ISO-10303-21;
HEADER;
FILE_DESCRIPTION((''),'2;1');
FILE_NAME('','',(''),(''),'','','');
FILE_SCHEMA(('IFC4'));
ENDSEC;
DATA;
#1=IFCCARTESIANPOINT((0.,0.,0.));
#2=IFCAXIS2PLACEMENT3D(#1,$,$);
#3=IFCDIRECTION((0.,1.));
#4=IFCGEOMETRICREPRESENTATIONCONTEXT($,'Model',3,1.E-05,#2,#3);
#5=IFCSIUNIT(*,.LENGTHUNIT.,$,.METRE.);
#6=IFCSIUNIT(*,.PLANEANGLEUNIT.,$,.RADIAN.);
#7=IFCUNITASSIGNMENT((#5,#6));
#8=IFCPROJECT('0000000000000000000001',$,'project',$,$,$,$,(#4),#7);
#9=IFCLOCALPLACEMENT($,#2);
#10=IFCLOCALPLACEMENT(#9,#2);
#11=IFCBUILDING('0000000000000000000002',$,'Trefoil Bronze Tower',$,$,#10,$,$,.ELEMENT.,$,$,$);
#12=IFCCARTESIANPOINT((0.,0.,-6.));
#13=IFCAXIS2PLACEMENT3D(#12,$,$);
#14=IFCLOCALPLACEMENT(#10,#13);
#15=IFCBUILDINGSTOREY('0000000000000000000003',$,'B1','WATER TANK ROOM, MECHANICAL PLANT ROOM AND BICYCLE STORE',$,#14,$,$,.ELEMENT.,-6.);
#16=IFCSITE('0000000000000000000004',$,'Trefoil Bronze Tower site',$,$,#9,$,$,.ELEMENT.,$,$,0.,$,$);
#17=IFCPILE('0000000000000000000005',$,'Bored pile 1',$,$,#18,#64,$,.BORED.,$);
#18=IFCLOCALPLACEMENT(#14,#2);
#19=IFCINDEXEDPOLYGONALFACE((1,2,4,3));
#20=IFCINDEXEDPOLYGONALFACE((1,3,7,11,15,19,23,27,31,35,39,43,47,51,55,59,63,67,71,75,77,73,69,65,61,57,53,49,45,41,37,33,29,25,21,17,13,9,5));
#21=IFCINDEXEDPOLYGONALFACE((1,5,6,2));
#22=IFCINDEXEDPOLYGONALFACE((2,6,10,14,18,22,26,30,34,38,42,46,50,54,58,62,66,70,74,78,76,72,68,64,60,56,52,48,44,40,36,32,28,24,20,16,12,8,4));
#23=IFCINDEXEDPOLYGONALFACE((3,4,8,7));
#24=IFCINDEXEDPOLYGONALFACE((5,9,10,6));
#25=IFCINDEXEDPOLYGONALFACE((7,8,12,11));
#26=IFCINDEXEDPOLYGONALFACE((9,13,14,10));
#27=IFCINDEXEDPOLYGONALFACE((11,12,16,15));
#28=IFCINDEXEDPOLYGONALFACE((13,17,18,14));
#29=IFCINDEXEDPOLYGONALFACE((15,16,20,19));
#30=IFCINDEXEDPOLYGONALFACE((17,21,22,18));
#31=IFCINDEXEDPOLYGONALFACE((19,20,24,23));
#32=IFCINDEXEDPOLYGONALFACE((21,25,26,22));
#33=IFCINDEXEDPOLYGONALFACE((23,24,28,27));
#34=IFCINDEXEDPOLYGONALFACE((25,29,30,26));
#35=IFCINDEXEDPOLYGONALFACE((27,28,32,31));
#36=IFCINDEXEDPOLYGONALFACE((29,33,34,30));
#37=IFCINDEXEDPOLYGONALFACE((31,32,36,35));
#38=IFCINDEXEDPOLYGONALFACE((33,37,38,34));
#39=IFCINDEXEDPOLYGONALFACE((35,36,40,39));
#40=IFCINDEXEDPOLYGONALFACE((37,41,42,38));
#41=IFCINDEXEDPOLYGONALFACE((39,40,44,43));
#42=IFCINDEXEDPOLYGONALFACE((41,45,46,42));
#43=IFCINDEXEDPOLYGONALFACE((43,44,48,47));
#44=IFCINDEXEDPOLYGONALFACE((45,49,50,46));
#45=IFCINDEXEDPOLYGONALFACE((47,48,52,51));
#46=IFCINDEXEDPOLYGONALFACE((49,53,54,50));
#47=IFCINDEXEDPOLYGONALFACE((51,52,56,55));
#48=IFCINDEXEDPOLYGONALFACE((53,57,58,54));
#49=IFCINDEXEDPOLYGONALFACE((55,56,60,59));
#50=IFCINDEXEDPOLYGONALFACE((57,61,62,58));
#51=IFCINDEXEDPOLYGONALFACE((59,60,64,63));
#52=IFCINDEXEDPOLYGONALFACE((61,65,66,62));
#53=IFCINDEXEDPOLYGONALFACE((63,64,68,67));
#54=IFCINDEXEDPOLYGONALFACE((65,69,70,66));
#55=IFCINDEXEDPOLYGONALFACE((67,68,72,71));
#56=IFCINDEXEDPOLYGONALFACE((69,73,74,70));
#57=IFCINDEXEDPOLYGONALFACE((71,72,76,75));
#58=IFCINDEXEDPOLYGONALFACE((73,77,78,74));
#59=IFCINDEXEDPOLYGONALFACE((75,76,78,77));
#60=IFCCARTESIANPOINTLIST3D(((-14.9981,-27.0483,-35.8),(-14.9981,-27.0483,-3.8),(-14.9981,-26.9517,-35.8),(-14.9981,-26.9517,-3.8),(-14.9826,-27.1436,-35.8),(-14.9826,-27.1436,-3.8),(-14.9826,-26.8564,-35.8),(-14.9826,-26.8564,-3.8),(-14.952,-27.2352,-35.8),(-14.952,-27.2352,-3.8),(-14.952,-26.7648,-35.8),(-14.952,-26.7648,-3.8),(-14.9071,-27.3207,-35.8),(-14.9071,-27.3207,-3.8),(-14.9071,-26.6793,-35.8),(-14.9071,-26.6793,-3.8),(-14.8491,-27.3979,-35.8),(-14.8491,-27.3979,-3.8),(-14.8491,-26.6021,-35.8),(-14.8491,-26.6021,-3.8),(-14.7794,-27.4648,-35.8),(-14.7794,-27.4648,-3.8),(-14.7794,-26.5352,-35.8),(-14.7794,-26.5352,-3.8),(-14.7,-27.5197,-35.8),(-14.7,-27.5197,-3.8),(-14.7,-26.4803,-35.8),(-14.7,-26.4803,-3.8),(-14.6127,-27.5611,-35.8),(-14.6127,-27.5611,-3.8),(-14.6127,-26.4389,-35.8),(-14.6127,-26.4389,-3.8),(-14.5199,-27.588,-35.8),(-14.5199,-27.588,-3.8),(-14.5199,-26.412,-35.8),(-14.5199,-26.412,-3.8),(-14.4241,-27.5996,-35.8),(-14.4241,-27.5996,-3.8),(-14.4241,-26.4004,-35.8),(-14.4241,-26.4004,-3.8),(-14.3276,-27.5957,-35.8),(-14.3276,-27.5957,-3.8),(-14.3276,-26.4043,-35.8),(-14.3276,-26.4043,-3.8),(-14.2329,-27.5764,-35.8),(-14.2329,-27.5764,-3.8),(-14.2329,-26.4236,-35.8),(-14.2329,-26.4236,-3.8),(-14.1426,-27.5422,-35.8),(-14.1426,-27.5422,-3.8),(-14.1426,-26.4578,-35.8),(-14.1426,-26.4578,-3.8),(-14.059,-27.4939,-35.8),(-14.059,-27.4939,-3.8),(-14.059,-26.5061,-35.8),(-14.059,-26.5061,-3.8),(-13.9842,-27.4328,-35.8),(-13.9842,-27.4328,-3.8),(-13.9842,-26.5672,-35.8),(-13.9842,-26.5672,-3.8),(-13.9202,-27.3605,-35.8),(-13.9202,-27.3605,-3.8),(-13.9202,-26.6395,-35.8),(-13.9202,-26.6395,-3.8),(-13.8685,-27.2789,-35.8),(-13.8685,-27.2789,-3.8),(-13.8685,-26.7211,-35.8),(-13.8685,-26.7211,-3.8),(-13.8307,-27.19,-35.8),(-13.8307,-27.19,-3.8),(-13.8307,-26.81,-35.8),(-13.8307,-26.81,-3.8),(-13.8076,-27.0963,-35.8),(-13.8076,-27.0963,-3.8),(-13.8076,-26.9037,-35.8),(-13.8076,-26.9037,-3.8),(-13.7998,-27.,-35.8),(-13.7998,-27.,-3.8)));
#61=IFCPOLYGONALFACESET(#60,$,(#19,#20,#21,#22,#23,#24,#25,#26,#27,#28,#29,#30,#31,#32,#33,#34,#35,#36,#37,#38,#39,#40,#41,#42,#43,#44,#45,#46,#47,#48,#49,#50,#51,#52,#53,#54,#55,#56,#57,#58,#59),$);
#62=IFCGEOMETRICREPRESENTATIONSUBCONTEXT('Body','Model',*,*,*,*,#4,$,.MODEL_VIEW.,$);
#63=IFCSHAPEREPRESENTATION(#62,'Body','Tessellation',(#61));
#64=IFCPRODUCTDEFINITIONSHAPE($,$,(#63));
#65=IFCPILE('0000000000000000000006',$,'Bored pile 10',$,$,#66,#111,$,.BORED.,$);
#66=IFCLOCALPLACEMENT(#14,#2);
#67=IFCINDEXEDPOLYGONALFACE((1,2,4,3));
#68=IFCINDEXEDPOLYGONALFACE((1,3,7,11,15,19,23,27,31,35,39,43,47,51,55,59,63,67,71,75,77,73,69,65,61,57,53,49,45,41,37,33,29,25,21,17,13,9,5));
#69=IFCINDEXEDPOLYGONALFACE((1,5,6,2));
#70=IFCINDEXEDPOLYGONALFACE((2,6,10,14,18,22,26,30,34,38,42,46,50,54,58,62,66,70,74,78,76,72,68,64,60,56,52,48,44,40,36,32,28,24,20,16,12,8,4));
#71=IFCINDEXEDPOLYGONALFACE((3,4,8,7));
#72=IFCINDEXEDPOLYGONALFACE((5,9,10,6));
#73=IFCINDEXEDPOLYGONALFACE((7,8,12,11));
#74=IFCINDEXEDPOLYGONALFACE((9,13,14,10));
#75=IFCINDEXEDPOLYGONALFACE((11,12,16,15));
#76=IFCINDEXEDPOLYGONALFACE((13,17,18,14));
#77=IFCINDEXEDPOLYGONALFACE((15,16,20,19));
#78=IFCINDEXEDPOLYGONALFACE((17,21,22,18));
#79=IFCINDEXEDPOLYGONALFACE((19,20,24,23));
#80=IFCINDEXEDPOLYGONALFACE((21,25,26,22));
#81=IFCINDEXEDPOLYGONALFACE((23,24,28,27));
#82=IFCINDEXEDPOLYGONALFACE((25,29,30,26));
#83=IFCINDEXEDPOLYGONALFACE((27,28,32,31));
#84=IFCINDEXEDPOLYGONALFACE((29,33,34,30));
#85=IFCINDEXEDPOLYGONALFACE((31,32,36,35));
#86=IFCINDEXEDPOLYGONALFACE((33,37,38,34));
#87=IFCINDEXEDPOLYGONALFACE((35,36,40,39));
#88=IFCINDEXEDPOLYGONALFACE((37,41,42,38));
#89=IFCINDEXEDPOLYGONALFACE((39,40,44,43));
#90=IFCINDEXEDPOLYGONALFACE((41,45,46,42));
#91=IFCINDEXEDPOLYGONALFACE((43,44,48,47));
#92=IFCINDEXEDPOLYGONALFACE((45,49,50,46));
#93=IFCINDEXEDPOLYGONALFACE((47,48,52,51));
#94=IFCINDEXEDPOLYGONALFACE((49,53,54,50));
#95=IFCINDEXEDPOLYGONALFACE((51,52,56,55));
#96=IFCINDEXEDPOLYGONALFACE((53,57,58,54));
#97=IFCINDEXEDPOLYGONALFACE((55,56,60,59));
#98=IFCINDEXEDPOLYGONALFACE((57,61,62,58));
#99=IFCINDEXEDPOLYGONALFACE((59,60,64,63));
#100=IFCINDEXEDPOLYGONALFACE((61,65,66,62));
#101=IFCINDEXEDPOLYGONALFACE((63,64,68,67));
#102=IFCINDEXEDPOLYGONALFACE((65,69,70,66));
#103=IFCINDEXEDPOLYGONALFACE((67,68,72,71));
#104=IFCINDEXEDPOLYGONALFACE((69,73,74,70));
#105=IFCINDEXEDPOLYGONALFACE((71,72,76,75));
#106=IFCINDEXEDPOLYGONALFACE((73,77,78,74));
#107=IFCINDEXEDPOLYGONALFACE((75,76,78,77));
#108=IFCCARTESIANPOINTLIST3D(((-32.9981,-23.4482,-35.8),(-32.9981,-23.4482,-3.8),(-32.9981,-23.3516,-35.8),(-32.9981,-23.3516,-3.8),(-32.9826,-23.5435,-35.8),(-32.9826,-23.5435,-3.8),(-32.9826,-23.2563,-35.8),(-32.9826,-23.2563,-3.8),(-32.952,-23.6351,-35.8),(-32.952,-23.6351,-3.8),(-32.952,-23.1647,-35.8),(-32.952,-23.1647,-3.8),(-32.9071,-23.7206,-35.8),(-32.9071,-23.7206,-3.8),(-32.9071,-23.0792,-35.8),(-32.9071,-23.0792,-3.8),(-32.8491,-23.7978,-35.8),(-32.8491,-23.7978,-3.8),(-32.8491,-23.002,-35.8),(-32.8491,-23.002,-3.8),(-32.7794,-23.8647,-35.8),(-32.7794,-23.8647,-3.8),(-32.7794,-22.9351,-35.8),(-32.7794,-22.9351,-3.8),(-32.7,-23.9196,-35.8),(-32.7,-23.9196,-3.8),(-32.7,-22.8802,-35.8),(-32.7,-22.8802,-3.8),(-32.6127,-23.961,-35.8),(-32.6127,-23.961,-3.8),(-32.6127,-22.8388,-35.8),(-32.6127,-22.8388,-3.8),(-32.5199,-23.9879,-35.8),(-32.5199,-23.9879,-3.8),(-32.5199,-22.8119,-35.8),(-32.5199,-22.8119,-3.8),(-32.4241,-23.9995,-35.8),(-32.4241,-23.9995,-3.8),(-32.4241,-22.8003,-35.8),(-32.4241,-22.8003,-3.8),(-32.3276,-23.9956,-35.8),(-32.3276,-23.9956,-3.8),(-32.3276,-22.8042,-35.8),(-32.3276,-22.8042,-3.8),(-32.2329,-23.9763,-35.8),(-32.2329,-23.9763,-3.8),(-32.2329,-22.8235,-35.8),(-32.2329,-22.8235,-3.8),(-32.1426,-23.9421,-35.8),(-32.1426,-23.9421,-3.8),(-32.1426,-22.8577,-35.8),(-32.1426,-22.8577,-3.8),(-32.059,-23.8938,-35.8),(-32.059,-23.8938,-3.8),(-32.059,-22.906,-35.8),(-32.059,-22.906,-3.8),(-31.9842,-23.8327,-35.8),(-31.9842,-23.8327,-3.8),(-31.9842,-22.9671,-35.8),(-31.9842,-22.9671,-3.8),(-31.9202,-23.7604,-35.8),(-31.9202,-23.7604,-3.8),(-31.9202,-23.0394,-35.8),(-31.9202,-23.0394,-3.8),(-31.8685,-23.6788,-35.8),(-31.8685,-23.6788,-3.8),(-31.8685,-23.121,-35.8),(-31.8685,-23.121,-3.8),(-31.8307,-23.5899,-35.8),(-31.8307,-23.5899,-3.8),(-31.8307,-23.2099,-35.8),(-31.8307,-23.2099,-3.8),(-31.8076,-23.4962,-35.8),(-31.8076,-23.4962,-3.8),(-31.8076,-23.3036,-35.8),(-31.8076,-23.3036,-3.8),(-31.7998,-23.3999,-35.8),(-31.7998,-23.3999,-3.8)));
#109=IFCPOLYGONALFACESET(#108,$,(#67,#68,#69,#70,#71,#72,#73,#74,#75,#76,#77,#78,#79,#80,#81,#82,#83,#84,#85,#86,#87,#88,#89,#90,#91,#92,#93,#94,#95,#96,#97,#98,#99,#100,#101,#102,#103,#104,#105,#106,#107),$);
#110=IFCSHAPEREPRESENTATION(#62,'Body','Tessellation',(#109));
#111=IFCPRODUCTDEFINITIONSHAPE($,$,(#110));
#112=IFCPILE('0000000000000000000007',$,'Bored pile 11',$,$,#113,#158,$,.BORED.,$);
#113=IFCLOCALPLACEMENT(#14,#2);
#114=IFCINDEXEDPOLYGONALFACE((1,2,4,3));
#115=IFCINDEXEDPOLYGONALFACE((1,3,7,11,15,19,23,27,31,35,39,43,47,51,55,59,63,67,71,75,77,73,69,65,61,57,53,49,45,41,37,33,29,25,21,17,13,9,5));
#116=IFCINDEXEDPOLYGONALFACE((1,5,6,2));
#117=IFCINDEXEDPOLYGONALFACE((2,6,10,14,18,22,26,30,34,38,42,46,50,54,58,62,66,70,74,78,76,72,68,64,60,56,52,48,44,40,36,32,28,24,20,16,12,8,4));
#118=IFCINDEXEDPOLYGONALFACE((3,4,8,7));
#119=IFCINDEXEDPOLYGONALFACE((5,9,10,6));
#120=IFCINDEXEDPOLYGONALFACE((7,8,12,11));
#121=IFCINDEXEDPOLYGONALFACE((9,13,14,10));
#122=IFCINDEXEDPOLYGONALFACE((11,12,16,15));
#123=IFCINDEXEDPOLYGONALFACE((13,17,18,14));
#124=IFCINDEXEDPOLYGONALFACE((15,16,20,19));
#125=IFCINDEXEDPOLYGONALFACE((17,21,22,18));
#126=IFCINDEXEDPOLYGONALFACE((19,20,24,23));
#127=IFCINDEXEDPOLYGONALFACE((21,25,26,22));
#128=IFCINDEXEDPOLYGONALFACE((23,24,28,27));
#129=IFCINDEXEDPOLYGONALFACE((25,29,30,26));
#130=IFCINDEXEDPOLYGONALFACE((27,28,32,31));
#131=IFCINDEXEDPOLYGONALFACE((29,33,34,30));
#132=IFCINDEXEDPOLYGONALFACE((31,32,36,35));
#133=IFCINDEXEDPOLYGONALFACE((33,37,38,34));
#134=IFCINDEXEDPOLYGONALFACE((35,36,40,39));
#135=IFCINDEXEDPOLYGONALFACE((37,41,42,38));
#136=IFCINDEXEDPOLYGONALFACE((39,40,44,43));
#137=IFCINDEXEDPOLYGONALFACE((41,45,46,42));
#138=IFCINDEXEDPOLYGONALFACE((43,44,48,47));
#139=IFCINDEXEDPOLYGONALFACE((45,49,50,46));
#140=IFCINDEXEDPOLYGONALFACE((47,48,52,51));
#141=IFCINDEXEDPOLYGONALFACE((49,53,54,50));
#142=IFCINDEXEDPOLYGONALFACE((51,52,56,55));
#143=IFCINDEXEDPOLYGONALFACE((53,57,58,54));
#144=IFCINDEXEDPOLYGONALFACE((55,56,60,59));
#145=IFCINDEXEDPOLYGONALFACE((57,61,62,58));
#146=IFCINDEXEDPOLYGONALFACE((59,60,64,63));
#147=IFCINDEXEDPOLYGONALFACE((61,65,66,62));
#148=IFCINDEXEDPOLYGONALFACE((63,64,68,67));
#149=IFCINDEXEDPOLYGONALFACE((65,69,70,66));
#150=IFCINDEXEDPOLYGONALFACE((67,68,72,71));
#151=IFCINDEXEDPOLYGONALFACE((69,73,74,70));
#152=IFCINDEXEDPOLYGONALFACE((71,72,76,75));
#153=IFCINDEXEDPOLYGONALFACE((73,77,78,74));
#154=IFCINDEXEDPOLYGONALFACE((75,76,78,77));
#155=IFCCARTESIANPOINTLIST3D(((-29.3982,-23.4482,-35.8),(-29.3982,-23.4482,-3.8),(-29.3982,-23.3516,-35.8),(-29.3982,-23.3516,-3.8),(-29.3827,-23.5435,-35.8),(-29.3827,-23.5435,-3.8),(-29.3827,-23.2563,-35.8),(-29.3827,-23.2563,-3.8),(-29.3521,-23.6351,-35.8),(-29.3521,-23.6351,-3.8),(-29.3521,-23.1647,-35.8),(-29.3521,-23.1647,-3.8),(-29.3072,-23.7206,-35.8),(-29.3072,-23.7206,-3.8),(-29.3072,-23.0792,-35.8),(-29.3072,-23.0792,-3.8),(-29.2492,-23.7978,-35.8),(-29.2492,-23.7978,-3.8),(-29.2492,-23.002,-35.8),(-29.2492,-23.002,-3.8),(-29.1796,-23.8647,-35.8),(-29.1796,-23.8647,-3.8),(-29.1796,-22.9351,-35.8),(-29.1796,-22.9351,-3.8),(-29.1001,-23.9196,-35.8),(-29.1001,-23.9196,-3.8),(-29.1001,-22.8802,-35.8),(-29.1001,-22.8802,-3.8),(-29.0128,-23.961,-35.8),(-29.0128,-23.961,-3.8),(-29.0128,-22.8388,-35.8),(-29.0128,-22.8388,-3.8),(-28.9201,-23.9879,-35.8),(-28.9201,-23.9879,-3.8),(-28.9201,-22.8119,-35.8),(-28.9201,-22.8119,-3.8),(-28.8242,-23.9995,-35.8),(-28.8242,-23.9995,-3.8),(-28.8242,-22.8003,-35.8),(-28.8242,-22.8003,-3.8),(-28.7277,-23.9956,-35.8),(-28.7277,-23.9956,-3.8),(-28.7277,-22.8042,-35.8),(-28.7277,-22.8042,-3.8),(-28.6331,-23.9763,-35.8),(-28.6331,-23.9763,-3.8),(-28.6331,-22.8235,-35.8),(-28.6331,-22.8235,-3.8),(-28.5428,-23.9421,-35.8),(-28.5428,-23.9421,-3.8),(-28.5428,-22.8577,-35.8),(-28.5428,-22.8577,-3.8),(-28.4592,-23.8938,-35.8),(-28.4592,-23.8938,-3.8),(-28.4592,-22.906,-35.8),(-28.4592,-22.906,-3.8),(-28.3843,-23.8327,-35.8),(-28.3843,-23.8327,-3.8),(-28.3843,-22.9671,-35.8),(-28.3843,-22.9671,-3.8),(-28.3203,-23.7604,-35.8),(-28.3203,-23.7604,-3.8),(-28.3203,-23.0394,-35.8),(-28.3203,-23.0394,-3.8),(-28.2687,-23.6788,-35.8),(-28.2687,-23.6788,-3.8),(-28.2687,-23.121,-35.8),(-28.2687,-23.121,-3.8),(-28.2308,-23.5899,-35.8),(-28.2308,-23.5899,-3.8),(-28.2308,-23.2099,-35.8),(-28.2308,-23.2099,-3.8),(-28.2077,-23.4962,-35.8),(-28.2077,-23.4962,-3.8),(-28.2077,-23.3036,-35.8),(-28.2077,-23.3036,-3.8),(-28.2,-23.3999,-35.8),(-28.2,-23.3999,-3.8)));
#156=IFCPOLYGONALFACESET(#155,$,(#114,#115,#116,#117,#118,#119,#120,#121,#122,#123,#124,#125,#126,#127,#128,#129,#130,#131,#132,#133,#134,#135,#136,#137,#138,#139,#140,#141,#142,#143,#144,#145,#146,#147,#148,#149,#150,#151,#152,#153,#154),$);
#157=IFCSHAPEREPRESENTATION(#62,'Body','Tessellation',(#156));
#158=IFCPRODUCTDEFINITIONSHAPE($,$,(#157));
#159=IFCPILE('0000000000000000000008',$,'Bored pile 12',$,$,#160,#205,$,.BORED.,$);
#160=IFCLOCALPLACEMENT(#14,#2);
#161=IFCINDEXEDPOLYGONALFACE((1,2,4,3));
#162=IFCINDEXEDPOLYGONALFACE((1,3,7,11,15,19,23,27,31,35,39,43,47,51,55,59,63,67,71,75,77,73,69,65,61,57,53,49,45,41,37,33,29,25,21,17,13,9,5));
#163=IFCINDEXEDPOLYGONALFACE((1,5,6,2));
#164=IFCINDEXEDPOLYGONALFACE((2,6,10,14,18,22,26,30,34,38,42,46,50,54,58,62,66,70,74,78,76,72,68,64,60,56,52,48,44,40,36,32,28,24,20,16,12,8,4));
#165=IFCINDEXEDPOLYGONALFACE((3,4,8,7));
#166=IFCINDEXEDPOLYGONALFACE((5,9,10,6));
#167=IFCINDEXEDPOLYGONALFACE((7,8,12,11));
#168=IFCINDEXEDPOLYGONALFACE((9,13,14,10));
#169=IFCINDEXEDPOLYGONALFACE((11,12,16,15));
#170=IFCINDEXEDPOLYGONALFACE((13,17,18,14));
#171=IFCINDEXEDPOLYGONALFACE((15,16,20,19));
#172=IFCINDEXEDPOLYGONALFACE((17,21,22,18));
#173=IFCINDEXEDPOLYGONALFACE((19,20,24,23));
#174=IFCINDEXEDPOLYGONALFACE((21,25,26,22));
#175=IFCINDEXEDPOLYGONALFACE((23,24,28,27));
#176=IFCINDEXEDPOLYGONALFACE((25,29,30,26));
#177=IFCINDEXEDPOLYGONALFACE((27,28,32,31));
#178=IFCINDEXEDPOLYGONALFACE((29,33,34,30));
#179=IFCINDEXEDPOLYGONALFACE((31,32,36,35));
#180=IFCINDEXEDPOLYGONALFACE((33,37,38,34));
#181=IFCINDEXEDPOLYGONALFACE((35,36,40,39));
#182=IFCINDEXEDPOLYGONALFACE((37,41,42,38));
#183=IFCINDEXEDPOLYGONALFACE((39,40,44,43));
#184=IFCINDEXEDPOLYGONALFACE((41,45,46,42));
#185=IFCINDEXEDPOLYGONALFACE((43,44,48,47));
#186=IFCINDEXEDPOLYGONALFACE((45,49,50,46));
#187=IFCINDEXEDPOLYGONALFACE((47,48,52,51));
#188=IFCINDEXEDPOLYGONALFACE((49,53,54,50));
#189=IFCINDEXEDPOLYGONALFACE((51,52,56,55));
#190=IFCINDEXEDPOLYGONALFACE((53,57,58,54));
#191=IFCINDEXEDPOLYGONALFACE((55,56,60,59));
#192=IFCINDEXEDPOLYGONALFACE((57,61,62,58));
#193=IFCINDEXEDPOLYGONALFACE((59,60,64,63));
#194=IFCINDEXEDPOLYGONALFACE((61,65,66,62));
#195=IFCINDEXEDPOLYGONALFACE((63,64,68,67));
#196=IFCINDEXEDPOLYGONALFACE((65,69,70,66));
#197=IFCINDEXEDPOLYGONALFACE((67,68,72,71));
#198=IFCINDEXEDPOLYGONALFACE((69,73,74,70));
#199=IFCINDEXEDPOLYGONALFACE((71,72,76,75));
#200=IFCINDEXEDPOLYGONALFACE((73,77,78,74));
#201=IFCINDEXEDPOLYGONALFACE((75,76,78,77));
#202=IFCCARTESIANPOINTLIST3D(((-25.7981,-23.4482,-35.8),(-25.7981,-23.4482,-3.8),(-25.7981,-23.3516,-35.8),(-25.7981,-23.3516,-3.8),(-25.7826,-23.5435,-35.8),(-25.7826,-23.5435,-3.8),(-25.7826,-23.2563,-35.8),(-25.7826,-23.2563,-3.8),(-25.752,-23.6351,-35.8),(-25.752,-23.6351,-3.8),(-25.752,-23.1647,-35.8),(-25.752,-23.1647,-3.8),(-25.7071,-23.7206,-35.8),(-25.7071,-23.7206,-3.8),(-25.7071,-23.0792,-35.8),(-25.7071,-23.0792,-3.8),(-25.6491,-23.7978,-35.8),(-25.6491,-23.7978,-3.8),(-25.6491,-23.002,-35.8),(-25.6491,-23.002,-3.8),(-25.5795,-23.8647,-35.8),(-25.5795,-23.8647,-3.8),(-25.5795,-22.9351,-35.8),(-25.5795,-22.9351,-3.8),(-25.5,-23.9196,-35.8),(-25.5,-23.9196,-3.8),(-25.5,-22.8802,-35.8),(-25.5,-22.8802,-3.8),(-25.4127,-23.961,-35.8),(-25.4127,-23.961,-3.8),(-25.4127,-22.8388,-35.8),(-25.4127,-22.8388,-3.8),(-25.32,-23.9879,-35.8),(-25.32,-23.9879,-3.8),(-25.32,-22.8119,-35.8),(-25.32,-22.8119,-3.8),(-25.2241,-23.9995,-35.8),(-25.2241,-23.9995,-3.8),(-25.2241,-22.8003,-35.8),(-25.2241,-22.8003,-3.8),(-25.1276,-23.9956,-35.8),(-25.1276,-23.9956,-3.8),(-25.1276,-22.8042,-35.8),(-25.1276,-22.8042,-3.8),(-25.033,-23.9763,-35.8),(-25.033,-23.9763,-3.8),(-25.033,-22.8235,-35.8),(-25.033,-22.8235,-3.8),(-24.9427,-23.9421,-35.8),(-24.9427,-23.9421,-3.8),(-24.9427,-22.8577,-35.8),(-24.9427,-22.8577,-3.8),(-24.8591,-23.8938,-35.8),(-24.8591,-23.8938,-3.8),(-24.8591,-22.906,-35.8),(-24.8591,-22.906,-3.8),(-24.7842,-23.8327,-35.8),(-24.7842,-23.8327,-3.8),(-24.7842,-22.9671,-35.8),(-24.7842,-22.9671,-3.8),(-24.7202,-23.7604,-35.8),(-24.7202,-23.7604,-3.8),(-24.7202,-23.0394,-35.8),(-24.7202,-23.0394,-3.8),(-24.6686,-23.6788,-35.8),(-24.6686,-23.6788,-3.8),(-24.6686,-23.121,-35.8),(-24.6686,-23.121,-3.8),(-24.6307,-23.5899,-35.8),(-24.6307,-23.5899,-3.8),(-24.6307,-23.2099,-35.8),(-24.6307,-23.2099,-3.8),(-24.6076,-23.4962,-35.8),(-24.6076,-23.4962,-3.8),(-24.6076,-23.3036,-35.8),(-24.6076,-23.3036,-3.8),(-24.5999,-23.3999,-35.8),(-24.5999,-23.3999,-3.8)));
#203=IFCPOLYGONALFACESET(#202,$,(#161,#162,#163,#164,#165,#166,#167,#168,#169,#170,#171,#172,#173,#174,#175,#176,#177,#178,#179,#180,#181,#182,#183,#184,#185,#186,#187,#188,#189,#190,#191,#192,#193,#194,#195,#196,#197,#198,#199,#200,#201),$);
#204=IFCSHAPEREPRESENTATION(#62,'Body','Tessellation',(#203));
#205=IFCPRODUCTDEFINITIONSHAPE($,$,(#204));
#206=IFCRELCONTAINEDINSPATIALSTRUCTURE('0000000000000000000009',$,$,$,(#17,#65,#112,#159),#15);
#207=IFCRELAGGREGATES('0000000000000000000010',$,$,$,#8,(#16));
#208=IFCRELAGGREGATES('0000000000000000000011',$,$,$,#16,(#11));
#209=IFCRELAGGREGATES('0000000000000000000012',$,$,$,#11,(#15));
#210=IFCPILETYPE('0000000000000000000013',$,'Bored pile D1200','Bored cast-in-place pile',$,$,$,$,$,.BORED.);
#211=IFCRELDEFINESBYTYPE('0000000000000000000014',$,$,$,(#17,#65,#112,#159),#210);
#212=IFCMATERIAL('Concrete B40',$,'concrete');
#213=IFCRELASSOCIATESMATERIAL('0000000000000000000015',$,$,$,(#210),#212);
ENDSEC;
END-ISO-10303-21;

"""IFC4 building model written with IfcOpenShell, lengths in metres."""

from ifc_helpers import new_model, si_unit, direction, frame, origin, origin_2d, place, context, subcontext, project, spatial, circle, extrude, material, type_object, element, save


model = new_model("IFC4")

# Units and contexts
model_context = context("Model", 3, precision=1e-05, world=origin(), true_north=direction((0.0, 1.0)))
body_context = subcontext(model_context, "Body", "Model", "MODEL_VIEW")
ifc_project = project(units=[si_unit("LENGTHUNIT", "METRE"), si_unit("PLANEANGLEUNIT", "RADIAN")], contexts=[model_context])

# Site, building, storey
site_placement = place(None, origin())
site = spatial("IfcSite", under=ifc_project, at=site_placement, Name="Trefoil Bronze Tower site", CompositionType="ELEMENT", RefElevation=0.0)
building_placement = place(site_placement, origin())
building = spatial("IfcBuilding", under=site, at=building_placement, Name="Trefoil Bronze Tower", CompositionType="ELEMENT")
storey_placement = place(building_placement, frame((0.0, 0.0, -6.0)))
storey = spatial("IfcBuildingStorey", under=building, at=storey_placement, Name="B1", Description="WATER TANK ROOM, MECHANICAL PLANT ROOM AND BICYCLE STORE", CompositionType="ELEMENT", Elevation=-6.0)

# Piles
ifc_material_1 = material(Name="Concrete B40", Category="concrete")
pile_type = type_object("IfcPileType", Name="Bored pile D1200", Description="Bored cast-in-place pile", PredefinedType="BORED", material=ifc_material_1)
for number, where, z_axis, x_axis, name in (
    (1, (-14.3999, -27.0, -3.8), (0.0, 0.0, -1.0), (1.0, 0.0, 0.0), "Bored pile 1"),
    (2, (-32.3999, -23.3999, -3.8), (0.0, 0.0, -1.0), (1.0, 0.0, 0.0), "Bored pile 10"),
    (3, (-28.8, -23.3999, -3.8), (0.0, 0.0, -1.0), (1.0, 0.0, 0.0), "Bored pile 11"),
    (4, (-25.2, -23.3999, -3.8), (0.0, 0.0, -1.0), (1.0, 0.0, 0.0), "Bored pile 12"),
):
    element("IfcPile", number, at=place(storey_placement, frame(where, z_axis=z_axis, x_axis=x_axis)), inside=storey, type_object=pile_type, Name=name, PredefinedType="BORED", context=body_context, shape_type="SweptSolid", body=[
        extrude(circle(Radius=0.6001, at=origin_2d()), origin(), (0.0, 0.0, 1.0), 32.0),
    ])

save(model, "model.ifc")
